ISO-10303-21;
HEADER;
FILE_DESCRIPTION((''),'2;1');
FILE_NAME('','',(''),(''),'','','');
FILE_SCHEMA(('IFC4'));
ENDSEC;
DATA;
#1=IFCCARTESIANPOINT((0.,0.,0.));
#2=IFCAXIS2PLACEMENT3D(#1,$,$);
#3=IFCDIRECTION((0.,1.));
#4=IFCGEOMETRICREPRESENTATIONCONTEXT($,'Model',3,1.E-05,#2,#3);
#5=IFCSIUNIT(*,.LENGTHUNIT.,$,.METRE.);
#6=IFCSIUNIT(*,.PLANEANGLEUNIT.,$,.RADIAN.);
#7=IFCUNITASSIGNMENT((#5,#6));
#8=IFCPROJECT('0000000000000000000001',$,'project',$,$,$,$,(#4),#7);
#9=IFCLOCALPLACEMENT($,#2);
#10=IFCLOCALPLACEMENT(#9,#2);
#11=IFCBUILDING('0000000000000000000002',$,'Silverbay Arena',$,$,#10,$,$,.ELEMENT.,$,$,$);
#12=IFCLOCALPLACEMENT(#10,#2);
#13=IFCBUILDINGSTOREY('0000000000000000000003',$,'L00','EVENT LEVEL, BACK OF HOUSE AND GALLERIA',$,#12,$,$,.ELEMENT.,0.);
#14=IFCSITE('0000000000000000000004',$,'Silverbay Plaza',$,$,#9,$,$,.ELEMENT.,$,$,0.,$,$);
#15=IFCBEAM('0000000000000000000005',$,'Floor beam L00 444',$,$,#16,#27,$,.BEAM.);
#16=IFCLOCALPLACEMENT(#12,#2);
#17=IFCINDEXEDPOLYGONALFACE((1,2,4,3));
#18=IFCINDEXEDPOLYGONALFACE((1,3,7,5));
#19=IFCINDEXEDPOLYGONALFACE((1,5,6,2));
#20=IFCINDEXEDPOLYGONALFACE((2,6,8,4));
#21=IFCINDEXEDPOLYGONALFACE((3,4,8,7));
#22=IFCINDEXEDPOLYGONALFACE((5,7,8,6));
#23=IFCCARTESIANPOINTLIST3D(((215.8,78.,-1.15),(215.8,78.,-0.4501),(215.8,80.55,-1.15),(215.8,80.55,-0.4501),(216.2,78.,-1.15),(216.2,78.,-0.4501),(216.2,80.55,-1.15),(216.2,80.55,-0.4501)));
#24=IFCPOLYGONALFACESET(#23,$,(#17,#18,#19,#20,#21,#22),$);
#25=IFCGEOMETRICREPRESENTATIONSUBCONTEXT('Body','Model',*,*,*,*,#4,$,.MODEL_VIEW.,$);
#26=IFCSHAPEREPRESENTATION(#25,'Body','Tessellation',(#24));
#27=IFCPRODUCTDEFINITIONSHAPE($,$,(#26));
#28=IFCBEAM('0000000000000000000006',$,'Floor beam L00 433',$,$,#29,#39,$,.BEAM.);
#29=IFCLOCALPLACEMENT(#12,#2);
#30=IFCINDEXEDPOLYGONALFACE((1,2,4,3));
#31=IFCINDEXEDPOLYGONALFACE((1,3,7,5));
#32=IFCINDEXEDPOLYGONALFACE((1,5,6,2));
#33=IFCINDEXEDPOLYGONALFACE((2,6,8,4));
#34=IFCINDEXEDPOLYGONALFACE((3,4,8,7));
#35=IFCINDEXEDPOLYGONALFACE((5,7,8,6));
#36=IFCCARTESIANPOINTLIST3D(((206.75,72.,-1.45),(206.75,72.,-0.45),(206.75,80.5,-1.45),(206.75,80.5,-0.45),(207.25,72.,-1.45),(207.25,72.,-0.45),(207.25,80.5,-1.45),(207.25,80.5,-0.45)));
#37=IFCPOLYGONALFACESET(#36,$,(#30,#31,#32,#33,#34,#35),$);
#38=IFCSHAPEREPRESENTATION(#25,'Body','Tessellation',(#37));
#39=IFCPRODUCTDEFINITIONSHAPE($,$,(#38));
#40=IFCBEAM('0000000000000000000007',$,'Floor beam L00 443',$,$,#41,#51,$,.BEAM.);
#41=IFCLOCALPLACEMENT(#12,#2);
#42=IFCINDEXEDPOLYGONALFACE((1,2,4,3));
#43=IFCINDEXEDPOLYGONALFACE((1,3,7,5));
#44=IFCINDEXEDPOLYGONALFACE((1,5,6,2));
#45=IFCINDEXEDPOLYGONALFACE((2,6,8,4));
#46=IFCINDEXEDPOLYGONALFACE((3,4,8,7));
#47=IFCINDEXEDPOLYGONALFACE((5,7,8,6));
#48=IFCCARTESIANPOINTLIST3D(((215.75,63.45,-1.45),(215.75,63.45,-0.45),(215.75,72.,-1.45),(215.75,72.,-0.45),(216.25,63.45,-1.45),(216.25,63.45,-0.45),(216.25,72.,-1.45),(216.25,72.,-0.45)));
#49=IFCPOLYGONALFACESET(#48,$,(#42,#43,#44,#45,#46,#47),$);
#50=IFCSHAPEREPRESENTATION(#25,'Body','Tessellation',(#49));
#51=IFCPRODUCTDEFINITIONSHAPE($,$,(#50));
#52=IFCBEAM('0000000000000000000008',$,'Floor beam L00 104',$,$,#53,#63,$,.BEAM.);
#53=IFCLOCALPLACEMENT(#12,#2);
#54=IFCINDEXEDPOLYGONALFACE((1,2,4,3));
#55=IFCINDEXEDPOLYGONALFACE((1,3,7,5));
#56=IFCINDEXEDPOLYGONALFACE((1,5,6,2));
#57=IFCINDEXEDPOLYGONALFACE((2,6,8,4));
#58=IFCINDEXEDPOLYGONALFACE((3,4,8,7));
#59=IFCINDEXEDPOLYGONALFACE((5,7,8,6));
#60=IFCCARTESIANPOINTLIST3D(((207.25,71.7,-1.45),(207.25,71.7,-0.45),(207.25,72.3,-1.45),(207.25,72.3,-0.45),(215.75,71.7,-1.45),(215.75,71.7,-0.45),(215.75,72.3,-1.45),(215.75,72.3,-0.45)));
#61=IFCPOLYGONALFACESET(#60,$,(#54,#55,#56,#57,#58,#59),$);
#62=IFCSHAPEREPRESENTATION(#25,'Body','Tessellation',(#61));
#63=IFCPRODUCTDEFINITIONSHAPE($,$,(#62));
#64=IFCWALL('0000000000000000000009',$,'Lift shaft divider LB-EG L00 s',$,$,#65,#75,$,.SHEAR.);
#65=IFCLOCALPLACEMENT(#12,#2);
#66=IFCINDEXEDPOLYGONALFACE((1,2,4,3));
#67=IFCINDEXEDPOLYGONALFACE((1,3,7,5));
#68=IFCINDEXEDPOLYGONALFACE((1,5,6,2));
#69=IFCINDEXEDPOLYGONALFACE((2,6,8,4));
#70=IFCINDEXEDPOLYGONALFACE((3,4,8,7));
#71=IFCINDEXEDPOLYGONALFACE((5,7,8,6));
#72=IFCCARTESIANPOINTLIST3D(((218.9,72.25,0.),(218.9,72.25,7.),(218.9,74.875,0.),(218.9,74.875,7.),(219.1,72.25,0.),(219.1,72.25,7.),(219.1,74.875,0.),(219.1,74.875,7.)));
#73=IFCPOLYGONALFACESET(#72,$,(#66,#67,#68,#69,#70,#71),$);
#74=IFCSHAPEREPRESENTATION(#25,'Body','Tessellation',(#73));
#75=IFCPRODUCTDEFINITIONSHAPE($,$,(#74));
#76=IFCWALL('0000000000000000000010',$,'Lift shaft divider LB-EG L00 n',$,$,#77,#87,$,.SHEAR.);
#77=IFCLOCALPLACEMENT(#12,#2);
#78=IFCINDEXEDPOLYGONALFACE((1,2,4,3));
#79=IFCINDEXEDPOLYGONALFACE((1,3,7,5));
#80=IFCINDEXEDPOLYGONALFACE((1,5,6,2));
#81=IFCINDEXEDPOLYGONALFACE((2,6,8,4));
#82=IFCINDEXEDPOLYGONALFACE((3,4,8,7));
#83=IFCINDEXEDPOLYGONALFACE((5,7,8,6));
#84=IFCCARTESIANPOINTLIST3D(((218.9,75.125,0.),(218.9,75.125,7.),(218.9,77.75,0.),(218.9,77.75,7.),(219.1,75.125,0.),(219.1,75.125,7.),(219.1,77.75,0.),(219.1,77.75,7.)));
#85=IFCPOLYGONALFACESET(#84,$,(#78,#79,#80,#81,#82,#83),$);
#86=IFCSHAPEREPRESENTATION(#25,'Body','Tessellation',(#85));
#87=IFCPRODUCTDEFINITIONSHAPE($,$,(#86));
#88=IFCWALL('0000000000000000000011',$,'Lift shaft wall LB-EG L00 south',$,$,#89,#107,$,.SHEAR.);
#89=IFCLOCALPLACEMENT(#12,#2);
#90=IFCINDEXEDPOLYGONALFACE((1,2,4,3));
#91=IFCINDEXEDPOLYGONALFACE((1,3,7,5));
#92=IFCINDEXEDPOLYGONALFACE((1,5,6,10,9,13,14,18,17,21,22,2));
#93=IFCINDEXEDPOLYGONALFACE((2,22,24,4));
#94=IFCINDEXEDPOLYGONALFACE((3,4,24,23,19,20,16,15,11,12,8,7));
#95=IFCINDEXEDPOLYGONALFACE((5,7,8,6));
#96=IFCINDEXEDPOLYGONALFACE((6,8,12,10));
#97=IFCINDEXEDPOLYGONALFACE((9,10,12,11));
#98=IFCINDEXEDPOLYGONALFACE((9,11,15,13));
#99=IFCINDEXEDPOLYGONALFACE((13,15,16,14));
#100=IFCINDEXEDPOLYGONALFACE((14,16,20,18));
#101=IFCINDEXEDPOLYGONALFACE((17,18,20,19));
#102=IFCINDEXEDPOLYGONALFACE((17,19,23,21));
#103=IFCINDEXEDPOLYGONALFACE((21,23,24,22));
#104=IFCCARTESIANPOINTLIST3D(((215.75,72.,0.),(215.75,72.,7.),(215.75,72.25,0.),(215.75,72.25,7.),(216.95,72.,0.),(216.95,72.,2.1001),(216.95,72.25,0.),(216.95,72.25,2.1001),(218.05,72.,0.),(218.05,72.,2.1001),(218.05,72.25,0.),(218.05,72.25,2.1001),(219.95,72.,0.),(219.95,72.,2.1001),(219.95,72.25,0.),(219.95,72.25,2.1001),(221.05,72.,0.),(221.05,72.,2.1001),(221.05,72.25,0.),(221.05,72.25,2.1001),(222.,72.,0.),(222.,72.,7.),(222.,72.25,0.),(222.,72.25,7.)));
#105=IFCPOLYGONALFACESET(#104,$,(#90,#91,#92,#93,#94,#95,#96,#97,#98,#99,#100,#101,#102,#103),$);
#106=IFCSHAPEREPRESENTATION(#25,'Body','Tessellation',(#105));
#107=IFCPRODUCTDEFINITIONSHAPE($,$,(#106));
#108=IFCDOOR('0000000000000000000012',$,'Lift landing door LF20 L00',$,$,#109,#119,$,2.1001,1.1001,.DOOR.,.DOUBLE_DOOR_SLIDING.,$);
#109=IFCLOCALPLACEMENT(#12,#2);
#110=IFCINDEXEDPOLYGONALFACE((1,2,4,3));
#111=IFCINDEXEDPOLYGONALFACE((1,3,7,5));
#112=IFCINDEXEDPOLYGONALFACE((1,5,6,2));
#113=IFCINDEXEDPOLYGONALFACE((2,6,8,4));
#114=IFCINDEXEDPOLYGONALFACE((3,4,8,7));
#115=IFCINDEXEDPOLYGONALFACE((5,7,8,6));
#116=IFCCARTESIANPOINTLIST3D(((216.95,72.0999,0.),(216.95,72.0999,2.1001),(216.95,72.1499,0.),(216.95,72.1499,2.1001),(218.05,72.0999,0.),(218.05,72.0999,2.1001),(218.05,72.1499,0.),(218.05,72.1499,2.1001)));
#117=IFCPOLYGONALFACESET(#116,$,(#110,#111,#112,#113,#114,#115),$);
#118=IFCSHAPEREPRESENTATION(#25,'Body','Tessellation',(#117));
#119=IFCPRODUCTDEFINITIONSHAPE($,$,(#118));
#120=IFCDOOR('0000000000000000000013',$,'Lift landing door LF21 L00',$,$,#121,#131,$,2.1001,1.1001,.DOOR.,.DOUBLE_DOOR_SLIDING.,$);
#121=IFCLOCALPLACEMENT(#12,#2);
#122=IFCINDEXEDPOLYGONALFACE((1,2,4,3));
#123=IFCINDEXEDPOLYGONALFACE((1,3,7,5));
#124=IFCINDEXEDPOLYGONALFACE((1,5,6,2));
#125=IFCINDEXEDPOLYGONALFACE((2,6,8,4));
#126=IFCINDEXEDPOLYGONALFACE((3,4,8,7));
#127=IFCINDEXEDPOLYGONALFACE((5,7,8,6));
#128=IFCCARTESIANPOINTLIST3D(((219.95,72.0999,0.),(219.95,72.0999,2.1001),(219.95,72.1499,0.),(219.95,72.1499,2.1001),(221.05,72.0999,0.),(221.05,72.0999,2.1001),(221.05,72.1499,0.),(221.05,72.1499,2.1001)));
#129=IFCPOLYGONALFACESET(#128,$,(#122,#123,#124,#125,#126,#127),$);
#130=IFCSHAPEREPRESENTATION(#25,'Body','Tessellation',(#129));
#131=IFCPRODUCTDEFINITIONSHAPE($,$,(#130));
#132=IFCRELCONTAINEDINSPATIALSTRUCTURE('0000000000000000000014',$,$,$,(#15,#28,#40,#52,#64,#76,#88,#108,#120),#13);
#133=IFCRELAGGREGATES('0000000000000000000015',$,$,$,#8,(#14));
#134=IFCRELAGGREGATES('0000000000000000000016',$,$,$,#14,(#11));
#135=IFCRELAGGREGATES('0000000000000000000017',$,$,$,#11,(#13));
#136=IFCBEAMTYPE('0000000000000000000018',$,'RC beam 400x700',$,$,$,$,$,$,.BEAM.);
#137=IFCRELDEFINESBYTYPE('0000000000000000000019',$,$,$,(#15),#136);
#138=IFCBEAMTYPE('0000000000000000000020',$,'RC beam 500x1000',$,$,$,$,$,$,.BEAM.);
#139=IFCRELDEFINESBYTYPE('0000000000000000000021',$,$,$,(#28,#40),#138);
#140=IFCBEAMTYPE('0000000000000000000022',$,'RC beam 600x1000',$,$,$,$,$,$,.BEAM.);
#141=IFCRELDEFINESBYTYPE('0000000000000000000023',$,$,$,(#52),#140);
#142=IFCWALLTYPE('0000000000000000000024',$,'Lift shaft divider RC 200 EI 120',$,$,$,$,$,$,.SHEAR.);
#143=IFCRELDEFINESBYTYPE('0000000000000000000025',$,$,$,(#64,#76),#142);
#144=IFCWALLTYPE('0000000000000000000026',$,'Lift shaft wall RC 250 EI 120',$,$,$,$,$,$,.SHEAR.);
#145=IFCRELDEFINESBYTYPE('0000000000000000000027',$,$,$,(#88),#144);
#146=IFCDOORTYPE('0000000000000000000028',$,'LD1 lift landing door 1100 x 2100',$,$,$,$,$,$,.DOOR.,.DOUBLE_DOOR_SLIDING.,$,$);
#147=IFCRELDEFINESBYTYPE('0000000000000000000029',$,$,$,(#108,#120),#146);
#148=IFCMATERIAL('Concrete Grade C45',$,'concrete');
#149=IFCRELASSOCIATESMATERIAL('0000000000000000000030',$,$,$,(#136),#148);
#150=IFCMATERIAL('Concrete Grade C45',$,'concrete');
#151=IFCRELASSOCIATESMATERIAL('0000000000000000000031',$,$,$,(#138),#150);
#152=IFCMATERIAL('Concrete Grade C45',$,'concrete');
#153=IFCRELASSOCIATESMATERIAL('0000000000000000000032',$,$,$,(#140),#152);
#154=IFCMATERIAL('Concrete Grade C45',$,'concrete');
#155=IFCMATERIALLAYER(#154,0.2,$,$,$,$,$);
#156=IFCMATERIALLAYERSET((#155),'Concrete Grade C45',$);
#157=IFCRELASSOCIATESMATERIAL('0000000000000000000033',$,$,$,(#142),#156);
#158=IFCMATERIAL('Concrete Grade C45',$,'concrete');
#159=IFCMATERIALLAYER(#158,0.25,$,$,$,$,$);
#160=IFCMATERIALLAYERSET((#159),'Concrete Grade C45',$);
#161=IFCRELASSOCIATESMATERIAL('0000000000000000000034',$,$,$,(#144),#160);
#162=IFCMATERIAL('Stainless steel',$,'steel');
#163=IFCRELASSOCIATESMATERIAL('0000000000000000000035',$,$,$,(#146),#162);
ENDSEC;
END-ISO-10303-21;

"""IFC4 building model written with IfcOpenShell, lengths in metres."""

from ifc_helpers import new_model, si_unit, direction, frame, frame_2d, origin, origin_2d, place, context, subcontext, project, spatial, rectangle, extrude, material, layer, layer_set, material_profile, profile_set, type_object, element, fill, save


model = new_model("IFC4")

# Units and contexts
model_context = context("Model", 3, precision=1e-05, world=origin(), true_north=direction((0.0, 1.0)))
body_context = subcontext(model_context, "Body", "Model", "MODEL_VIEW")
ifc_project = project(units=[si_unit("LENGTHUNIT", "METRE"), si_unit("PLANEANGLEUNIT", "RADIAN")], contexts=[model_context])

# Site, building, storey
site_placement = place(None, origin())
site = spatial("IfcSite", under=ifc_project, at=site_placement, Name="Silverbay Plaza", CompositionType="ELEMENT", RefElevation=0.0)
building_placement = place(site_placement, origin())
building = spatial("IfcBuilding", under=site, at=building_placement, Name="Silverbay Arena", CompositionType="ELEMENT")
storey_placement = place(building_placement, origin())
storey = spatial("IfcBuildingStorey", under=building, at=storey_placement, Name="L00", Description="EVENT LEVEL, BACK OF HOUSE AND GALLERIA", CompositionType="ELEMENT", Elevation=0.0)

# Beams
ifc_material_1 = material(Name="Concrete Grade C45", Category="concrete")
ifc_material_profile_1 = material_profile(ifc_material_1, rectangle(XDim=0.3999, YDim=0.7, at=origin_2d()), Name="RC 400x700")
ifc_profile_set_1 = profile_set([ifc_material_profile_1], Name="Concrete Grade C45")
beam_type_1 = type_object("IfcBeamType", Name="RC beam 400x700", PredefinedType="BEAM", material=ifc_profile_set_1)
beam_1_placement = place(storey_placement, frame((216.0, 78.0, -0.8), z_axis=(0.0, 1.0, 0.0), x_axis=(-1.0, 0.0, 0.0)))
element("IfcBeam", 1, at=beam_1_placement, inside=storey, type_object=beam_type_1, Name="Floor beam L00 444", PredefinedType="BEAM", context=body_context, shape_type="SweptSolid", body=[
    extrude(rectangle(XDim=0.3999, YDim=0.7, at=origin_2d()), origin(), (0.0, 0.0, 1.0), 2.55),
])
ifc_material_2 = material(Name="Concrete Grade C45", Category="concrete")
ifc_material_profile_2 = material_profile(ifc_material_2, rectangle(XDim=0.5, YDim=1.0, at=origin_2d()), Name="RC 500x1000")
ifc_profile_set_2 = profile_set([ifc_material_profile_2], Name="Concrete Grade C45")
beam_type_2 = type_object("IfcBeamType", Name="RC beam 500x1000", PredefinedType="BEAM", material=ifc_profile_set_2)
beam_2_placement = place(storey_placement, frame((207.0, 72.0, -0.95), z_axis=(0.0, 1.0, 0.0), x_axis=(-1.0, 0.0, 0.0)))
element("IfcBeam", 2, at=beam_2_placement, inside=storey, type_object=beam_type_2, Name="Floor beam L00 433", PredefinedType="BEAM", context=body_context, shape_type="SweptSolid", body=[
    extrude(rectangle(XDim=0.5, YDim=1.0, at=origin_2d()), origin(), (0.0, 0.0, 1.0), 8.5),
])
beam_3_placement = place(storey_placement, frame((216.0, 63.45, -0.95), z_axis=(0.0, 1.0, 0.0), x_axis=(-1.0, 0.0, 0.0)))
element("IfcBeam", 3, at=beam_3_placement, inside=storey, type_object=beam_type_2, Name="Floor beam L00 443", PredefinedType="BEAM", context=body_context, shape_type="SweptSolid", body=[
    extrude(rectangle(XDim=0.5, YDim=1.0, at=origin_2d()), origin(), (0.0, 0.0, 1.0), 8.55),
])
ifc_material_3 = material(Name="Concrete Grade C45", Category="concrete")
ifc_material_profile_3 = material_profile(ifc_material_3, rectangle(XDim=0.6001, YDim=1.0, at=origin_2d()), Name="RC 600x1000")
ifc_profile_set_3 = profile_set([ifc_material_profile_3], Name="Concrete Grade C45")
beam_type_3 = type_object("IfcBeamType", Name="RC beam 600x1000", PredefinedType="BEAM", material=ifc_profile_set_3)
beam_4_placement = place(storey_placement, frame((207.25, 72.0, -0.95), z_axis=(1.0, 0.0, 0.0), x_axis=(0.0, 1.0, 0.0)))
element("IfcBeam", 4, at=beam_4_placement, inside=storey, type_object=beam_type_3, Name="Floor beam L00 104", PredefinedType="BEAM", context=body_context, shape_type="SweptSolid", body=[
    extrude(rectangle(XDim=0.6001, YDim=1.0, at=origin_2d()), origin(), (0.0, 0.0, 1.0), 8.5),
])

# Walls
ifc_material_4 = material(Name="Concrete Grade C45", Category="concrete")
ifc_layer_1 = layer(ifc_material_4, 0.2)
ifc_layer_set_1 = layer_set([ifc_layer_1], Name="Concrete Grade C45")
wall_type_1 = type_object("IfcWallType", Name="Lift shaft divider RC 200 EI 120", PredefinedType="SHEAR", material=ifc_layer_set_1)
for number, where, z_axis, x_axis, name in (
    (5, (219.0, 72.25, 0.0), (0.0, 0.0, 1.0), (0.0, 1.0, 0.0), "Lift shaft divider LB-EG L00 s"),
    (6, (219.0, 75.125, 0.0), (0.0, 0.0, 1.0), (0.0, 1.0, 0.0), "Lift shaft divider LB-EG L00 n"),
):
    element("IfcWall", number, at=place(storey_placement, frame(where, z_axis=z_axis, x_axis=x_axis)), inside=storey, type_object=wall_type_1, Name=name, PredefinedType="SHEAR", context=body_context, shape_type="SweptSolid", body=[
        extrude(rectangle(XDim=2.625, YDim=0.2, at=frame_2d((1.3125, 0.0))), origin(), (0.0, 0.0, 1.0), 7.0),
    ])

# Wall, openings, doors
ifc_material_5 = material(Name="Concrete Grade C45", Category="concrete")
ifc_layer_2 = layer(ifc_material_5, 0.25)
ifc_layer_set_2 = layer_set([ifc_layer_2], Name="Concrete Grade C45")
wall_type_2 = type_object("IfcWallType", Name="Lift shaft wall RC 250 EI 120", PredefinedType="SHEAR", material=ifc_layer_set_2)
wall_1_placement = place(storey_placement, frame((215.75, 72.125, 0.0), z_axis=(0.0, 0.0, 1.0), x_axis=(1.0, 0.0, 0.0)))
wall_1 = element("IfcWall", 7, at=wall_1_placement, inside=storey, type_object=wall_type_2, Name="Lift shaft wall LB-EG L00 south", PredefinedType="SHEAR", context=body_context, shape_type="SweptSolid", body=[
    extrude(rectangle(XDim=6.25, YDim=0.25, at=frame_2d((3.125, 0.0))), origin(), (0.0, 0.0, 1.0), 7.0),
])
opening_1_placement = place(wall_1_placement, frame((1.2, 0.0, 0.0)))
opening_1 = element("IfcOpeningElement", 8, at=opening_1_placement, cuts=wall_1, PredefinedType="OPENING", context=body_context, shape_type="SweptSolid", body=[
    extrude(rectangle(XDim=1.1001, YDim=2.1001, at=frame_2d((0.55, 1.05))), frame((0.0, 0.135, 0.0), z_axis=(0.0, -1.0, 0.0), x_axis=(1.0, 0.0, 0.0)), (0.0, 0.0, 1.0), 0.27),
])
opening_2_placement = place(wall_1_placement, frame((4.2, 0.0, 0.0)))
opening_2 = element("IfcOpeningElement", 9, at=opening_2_placement, cuts=wall_1, PredefinedType="OPENING", context=body_context, shape_type="SweptSolid", body=[
    extrude(rectangle(XDim=1.1001, YDim=2.1001, at=frame_2d((0.55, 1.05))), frame((0.0, 0.135, 0.0), z_axis=(0.0, -1.0, 0.0), x_axis=(1.0, 0.0, 0.0)), (0.0, 0.0, 1.0), 0.27),
])
ifc_material_6 = material(Name="Stainless steel", Category="steel")
door_type_1 = type_object("IfcDoorType", Name="LD1 lift landing door 1100 x 2100", OperationType="DOUBLE_DOOR_SLIDING", PredefinedType="DOOR", material=ifc_material_6)
door_1_placement = place(opening_1_placement, origin())
door_1 = element("IfcDoor", 10, at=door_1_placement, inside=storey, type_object=door_type_1, Name="Lift landing door LF20 L00", OperationType="DOUBLE_DOOR_SLIDING", OverallHeight=2.1001, OverallWidth=1.1001, PredefinedType="DOOR", context=body_context, shape_type="SweptSolid", body=[
    extrude(rectangle(XDim=1.1001, YDim=2.1001, at=frame_2d((0.55, 1.05))), frame((0.0, 0.0249, 0.0), z_axis=(0.0, -1.0, 0.0), x_axis=(1.0, 0.0, 0.0)), (0.0, 0.0, 1.0), 0.05),
])
fill(opening_1, door_1)
door_2_placement = place(opening_2_placement, origin())
door_2 = element("IfcDoor", 11, at=door_2_placement, inside=storey, type_object=door_type_1, Name="Lift landing door LF21 L00", OperationType="DOUBLE_DOOR_SLIDING", OverallHeight=2.1001, OverallWidth=1.1001, PredefinedType="DOOR", context=body_context, shape_type="SweptSolid", body=[
    extrude(rectangle(XDim=1.1001, YDim=2.1001, at=frame_2d((0.55, 1.05))), frame((0.0, 0.0249, 0.0), z_axis=(0.0, -1.0, 0.0), x_axis=(1.0, 0.0, 0.0)), (0.0, 0.0, 1.0), 0.05),
])
fill(opening_2, door_2)

save(model, "model.ifc")
